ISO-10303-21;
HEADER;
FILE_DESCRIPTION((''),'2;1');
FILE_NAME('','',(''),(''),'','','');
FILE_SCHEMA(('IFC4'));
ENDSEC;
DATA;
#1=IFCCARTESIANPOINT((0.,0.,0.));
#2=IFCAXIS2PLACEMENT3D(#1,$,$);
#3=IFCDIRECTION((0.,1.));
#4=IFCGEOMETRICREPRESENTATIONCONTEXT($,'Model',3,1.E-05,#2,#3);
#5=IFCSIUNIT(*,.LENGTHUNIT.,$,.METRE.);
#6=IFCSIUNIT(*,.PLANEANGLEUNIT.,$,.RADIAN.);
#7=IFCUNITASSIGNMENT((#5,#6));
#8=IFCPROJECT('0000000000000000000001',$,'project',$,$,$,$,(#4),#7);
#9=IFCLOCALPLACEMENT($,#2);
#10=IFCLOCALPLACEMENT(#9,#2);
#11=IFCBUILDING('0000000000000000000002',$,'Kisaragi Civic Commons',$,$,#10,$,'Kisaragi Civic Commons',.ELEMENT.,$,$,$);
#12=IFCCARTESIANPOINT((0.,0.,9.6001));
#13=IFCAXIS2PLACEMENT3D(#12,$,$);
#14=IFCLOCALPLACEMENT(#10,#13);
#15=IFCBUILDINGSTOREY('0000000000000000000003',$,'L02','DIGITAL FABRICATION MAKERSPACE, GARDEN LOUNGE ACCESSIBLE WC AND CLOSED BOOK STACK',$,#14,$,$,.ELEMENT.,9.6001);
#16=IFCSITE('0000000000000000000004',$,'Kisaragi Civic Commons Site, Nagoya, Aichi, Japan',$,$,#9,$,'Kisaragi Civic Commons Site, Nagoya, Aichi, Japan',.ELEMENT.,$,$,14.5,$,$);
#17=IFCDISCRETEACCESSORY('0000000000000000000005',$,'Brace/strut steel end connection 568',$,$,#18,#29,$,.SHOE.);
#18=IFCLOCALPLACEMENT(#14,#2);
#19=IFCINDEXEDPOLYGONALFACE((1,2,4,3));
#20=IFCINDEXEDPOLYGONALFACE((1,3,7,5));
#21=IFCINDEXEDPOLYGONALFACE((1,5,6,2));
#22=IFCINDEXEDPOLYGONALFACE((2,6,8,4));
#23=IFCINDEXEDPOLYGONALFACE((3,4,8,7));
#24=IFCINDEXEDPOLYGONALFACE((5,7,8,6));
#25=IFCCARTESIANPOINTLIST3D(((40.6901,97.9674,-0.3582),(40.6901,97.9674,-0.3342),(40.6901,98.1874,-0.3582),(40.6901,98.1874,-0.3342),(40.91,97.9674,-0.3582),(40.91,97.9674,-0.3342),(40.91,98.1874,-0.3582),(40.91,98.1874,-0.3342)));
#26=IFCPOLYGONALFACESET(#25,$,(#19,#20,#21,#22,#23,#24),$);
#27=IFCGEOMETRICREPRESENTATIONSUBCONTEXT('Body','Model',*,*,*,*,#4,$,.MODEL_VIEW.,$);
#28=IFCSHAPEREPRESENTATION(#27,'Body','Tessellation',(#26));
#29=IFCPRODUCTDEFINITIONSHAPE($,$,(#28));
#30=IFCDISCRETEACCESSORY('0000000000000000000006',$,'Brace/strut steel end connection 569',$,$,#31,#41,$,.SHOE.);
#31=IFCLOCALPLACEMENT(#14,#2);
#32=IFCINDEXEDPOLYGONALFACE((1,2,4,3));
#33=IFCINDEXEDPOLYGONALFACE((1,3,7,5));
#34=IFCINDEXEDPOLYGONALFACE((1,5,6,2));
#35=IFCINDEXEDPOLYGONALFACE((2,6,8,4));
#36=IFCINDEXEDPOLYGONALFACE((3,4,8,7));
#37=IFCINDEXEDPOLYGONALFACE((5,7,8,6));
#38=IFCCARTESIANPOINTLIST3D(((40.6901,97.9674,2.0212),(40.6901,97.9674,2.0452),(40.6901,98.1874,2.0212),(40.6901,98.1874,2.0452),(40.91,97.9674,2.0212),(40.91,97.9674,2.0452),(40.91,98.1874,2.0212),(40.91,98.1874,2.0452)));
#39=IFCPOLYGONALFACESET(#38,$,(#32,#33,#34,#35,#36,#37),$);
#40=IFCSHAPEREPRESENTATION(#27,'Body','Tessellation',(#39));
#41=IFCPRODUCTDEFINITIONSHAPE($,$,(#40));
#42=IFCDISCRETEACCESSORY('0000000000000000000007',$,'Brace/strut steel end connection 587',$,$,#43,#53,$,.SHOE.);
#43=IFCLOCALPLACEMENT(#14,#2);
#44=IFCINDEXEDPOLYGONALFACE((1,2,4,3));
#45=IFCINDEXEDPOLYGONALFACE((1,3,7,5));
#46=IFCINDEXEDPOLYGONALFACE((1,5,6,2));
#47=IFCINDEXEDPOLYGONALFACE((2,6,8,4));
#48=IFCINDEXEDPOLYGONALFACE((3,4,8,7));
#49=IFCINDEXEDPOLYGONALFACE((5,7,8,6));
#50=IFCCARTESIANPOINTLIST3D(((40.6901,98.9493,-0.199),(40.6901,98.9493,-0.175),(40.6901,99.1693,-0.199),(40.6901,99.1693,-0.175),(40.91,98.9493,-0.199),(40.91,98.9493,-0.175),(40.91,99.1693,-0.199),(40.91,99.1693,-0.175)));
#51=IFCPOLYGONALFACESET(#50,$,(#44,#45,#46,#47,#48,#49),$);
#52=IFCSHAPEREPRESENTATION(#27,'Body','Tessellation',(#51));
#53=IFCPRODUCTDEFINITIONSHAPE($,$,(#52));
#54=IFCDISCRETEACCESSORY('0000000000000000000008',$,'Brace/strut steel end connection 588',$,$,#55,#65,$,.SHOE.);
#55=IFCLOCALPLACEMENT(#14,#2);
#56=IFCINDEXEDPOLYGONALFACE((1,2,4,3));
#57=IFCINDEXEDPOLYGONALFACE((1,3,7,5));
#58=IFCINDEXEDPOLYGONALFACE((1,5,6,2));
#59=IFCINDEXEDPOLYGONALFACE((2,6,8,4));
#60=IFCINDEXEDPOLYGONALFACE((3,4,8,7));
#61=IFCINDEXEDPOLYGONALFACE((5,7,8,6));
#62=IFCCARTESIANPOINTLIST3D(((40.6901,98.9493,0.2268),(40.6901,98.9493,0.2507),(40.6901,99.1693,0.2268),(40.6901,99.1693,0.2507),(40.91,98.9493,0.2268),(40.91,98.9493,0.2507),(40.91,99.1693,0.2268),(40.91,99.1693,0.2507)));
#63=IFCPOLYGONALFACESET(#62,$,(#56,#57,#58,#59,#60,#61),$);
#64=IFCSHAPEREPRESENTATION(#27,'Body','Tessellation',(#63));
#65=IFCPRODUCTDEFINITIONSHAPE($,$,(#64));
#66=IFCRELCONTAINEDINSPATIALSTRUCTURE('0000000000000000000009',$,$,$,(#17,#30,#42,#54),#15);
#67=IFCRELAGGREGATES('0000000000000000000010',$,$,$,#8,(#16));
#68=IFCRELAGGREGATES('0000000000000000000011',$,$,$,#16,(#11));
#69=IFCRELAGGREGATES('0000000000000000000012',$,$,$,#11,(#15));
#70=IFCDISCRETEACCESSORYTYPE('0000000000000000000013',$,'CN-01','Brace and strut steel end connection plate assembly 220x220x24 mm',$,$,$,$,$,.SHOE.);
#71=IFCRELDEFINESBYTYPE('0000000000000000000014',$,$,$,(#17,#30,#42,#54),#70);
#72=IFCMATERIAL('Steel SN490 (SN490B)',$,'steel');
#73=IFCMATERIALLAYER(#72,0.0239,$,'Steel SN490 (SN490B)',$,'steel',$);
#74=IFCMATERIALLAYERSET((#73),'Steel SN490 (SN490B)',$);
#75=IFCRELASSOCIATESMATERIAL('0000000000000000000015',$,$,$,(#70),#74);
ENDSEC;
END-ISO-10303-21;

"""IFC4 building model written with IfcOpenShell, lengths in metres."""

from ifc_helpers import new_model, si_unit, direction, frame, origin, origin_2d, place, context, subcontext, project, spatial, rectangle, extrude, material, layer, layer_set, type_object, element, save


model = new_model("IFC4")

# Units and contexts
model_context = context("Model", 3, precision=1e-05, world=origin(), true_north=direction((0.0, 1.0)))
body_context = subcontext(model_context, "Body", "Model", "MODEL_VIEW")
ifc_project = project(units=[si_unit("LENGTHUNIT", "METRE"), si_unit("PLANEANGLEUNIT", "RADIAN")], contexts=[model_context])

# Site, building, storey
site_placement = place(None, origin())
site = spatial("IfcSite", under=ifc_project, at=site_placement, Name="Kisaragi Civic Commons Site, Nagoya, Aichi, Japan", LongName="Kisaragi Civic Commons Site, Nagoya, Aichi, Japan", CompositionType="ELEMENT", RefElevation=14.5)
building_placement = place(site_placement, origin())
building = spatial("IfcBuilding", under=site, at=building_placement, Name="Kisaragi Civic Commons", LongName="Kisaragi Civic Commons", CompositionType="ELEMENT")
storey_placement = place(building_placement, frame((0.0, 0.0, 9.6001)))
storey = spatial("IfcBuildingStorey", under=building, at=storey_placement, Name="L02", Description="DIGITAL FABRICATION MAKERSPACE, GARDEN LOUNGE ACCESSIBLE WC AND CLOSED BOOK STACK", CompositionType="ELEMENT", Elevation=9.6001)

# Shared definitions
ifc_material_1 = material(Name="Steel SN490 (SN490B)", Category="steel")

# Discrete accessories
ifc_layer_1 = layer(ifc_material_1, 0.0239, Name="Steel SN490 (SN490B)", Category="steel")
ifc_layer_set_1 = layer_set([ifc_layer_1], Name="Steel SN490 (SN490B)")
discrete_accessory_type = type_object("IfcDiscreteAccessoryType", Name="CN-01", Description="Brace and strut steel end connection plate assembly 220x220x24 mm", PredefinedType="SHOE", material=ifc_layer_set_1)
for number, where, z_axis, x_axis, name in (
    (1, (40.8, 98.0774, -0.3582), (0.0, 0.0, 1.0), (1.0, 0.0, 0.0), "Brace/strut steel end connection 568"),
    (2, (40.8, 98.0774, 2.0212), (0.0, 0.0, 1.0), (1.0, 0.0, 0.0), "Brace/strut steel end connection 569"),
    (3, (40.8, 99.0593, -0.199), (0.0, 0.0, 1.0), (1.0, 0.0, 0.0), "Brace/strut steel end connection 587"),
    (4, (40.8, 99.0593, 0.2268), (0.0, 0.0, 1.0), (1.0, 0.0, 0.0), "Brace/strut steel end connection 588"),
):
    element("IfcDiscreteAccessory", number, at=place(storey_placement, frame(where, z_axis=z_axis, x_axis=x_axis)), inside=storey, type_object=discrete_accessory_type, Name=name, PredefinedType="SHOE", context=body_context, shape_type="SweptSolid", body=[
        extrude(rectangle(XDim=0.22, YDim=0.22, at=origin_2d()), origin(), (0.0, 0.0, 1.0), 0.0239),
    ])

save(model, "model.ifc")
